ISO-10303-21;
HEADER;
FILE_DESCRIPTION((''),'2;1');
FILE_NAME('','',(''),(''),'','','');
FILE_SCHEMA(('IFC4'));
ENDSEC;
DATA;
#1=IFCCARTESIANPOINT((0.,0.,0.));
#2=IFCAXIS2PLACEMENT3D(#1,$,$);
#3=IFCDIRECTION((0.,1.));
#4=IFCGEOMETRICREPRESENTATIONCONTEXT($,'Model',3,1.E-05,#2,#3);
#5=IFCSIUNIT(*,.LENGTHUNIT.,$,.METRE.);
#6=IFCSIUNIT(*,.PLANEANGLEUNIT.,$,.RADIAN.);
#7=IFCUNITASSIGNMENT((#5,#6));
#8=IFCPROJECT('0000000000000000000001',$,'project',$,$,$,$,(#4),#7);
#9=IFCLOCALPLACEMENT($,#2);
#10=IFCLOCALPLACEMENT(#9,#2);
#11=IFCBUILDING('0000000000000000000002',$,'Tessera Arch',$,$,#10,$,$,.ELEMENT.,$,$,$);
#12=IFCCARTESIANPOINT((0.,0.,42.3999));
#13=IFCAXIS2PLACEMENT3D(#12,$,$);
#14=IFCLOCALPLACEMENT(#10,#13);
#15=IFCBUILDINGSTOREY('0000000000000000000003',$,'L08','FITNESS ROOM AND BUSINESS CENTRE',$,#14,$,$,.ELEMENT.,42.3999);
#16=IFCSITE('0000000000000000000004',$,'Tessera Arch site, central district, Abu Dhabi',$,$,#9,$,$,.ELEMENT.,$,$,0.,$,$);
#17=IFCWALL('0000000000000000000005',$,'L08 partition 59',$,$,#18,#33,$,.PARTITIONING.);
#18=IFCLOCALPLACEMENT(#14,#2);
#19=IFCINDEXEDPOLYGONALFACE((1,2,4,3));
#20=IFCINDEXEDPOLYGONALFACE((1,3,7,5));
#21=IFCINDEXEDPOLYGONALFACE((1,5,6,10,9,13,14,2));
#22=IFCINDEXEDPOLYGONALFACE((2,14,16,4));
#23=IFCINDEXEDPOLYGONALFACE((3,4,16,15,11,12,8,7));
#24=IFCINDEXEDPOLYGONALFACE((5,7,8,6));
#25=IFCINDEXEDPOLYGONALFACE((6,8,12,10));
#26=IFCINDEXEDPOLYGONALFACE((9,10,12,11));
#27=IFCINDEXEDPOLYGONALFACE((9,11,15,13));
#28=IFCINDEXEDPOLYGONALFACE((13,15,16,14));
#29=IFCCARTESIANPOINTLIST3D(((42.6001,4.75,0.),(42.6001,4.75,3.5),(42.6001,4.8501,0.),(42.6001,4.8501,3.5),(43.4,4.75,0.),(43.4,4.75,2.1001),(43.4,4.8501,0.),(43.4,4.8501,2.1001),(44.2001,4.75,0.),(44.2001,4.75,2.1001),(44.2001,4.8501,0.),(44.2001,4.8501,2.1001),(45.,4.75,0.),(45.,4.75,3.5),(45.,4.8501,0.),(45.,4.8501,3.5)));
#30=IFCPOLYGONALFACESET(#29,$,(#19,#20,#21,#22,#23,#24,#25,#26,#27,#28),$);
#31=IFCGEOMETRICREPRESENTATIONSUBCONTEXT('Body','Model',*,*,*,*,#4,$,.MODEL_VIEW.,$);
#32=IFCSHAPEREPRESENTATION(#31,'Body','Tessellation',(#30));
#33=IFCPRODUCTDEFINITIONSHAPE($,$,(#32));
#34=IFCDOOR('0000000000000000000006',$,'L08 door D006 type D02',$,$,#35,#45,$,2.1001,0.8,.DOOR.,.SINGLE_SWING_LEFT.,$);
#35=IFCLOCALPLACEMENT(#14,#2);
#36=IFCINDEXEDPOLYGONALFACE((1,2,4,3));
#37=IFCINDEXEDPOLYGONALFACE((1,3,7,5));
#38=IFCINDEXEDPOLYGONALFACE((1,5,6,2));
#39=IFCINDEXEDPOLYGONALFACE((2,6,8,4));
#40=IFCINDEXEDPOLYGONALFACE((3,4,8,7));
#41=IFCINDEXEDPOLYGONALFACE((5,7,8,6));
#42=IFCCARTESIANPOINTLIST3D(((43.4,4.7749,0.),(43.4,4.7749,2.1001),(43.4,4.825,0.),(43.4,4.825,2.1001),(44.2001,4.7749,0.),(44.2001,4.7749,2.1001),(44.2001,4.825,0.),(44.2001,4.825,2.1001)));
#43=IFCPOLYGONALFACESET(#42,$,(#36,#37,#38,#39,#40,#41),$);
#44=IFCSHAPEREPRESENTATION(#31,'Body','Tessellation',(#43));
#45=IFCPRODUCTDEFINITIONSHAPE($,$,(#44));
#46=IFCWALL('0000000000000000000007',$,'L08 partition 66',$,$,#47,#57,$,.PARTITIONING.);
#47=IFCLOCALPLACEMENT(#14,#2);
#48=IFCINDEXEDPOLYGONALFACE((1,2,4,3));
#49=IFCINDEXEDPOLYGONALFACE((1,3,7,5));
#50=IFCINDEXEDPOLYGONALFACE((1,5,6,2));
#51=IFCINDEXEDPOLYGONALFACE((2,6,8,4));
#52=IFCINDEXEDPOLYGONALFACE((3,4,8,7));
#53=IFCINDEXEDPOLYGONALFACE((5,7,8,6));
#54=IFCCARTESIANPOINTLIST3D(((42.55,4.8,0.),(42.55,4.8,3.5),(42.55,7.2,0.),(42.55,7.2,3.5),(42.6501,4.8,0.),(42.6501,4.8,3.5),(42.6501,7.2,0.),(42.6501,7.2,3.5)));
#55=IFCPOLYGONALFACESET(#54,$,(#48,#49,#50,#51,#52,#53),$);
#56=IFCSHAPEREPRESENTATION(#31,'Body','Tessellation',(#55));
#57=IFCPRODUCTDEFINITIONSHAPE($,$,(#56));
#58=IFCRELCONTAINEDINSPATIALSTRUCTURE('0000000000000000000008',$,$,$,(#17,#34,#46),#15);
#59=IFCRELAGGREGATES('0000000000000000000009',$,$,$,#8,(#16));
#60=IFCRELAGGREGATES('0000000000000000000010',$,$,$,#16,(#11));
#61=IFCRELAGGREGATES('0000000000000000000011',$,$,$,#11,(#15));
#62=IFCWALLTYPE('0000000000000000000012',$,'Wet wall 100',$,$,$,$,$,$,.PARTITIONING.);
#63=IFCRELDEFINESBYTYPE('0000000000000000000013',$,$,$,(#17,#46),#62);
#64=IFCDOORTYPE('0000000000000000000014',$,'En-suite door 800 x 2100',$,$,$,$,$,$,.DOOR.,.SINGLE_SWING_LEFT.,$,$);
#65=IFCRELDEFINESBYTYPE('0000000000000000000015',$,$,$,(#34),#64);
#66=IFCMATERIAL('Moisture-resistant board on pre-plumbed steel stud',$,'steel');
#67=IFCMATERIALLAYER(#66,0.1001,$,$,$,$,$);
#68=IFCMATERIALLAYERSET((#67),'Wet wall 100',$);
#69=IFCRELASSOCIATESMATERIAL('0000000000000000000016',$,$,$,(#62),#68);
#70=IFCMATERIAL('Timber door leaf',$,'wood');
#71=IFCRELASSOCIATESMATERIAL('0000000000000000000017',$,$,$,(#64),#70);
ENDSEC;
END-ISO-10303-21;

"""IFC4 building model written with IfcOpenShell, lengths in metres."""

from ifc_helpers import new_model, si_unit, direction, frame, frame_2d, origin, place, context, subcontext, project, spatial, rectangle, extrude, material, layer, layer_set, type_object, element, fill, save


model = new_model("IFC4")

# Units and contexts
model_context = context("Model", 3, precision=1e-05, world=origin(), true_north=direction((0.0, 1.0)))
body_context = subcontext(model_context, "Body", "Model", "MODEL_VIEW")
ifc_project = project(units=[si_unit("LENGTHUNIT", "METRE"), si_unit("PLANEANGLEUNIT", "RADIAN")], contexts=[model_context])

# Site, building, storey
site_placement = place(None, origin())
site = spatial("IfcSite", under=ifc_project, at=site_placement, Name="Tessera Arch site, central district, Abu Dhabi", CompositionType="ELEMENT", RefElevation=0.0)
building_placement = place(site_placement, origin())
building = spatial("IfcBuilding", under=site, at=building_placement, Name="Tessera Arch", CompositionType="ELEMENT")
storey_placement = place(building_placement, frame((0.0, 0.0, 42.3999)))
storey = spatial("IfcBuildingStorey", under=building, at=storey_placement, Name="L08", Description="FITNESS ROOM AND BUSINESS CENTRE", CompositionType="ELEMENT", Elevation=42.3999)

# Wall, opening, door
ifc_material_1 = material(Name="Moisture-resistant board on pre-plumbed steel stud", Category="steel")
ifc_layer_1 = layer(ifc_material_1, 0.1001)
ifc_layer_set_1 = layer_set([ifc_layer_1], Name="Wet wall 100")
wall_type_1 = type_object("IfcWallType", Name="Wet wall 100", PredefinedType="PARTITIONING", material=ifc_layer_set_1)
wall_1_placement = place(storey_placement, frame((42.6001, 4.8, 0.0), z_axis=(0.0, 0.0, 1.0), x_axis=(1.0, 0.0, 0.0)))
wall_1 = element("IfcWall", 1, at=wall_1_placement, inside=storey, type_object=wall_type_1, Name="L08 partition 59", PredefinedType="PARTITIONING", context=body_context, shape_type="SweptSolid", body=[
    extrude(rectangle(XDim=2.3999, YDim=0.1001, at=frame_2d((1.2, 0.0))), origin(), (0.0, 0.0, 1.0), 3.5),
])
opening_placement = place(wall_1_placement, frame((0.8, 0.0, 0.0)))
opening = element("IfcOpeningElement", 2, at=opening_placement, cuts=wall_1, PredefinedType="OPENING", context=body_context, shape_type="SweptSolid", body=[
    extrude(rectangle(XDim=0.8, YDim=2.1001, at=frame_2d((0.3999, 1.05))), frame((0.0, 0.0601, 0.0), z_axis=(0.0, -1.0, 0.0), x_axis=(1.0, 0.0, 0.0)), (0.0, 0.0, 1.0), 0.1201),
])
ifc_material_2 = material(Name="Timber door leaf", Category="wood")
door_type = type_object("IfcDoorType", Name="En-suite door 800 x 2100", OperationType="SINGLE_SWING_LEFT", PredefinedType="DOOR", material=ifc_material_2)
door_placement = place(opening_placement, origin())
door = element("IfcDoor", 3, at=door_placement, inside=storey, type_object=door_type, Name="L08 door D006 type D02", OperationType="SINGLE_SWING_LEFT", OverallHeight=2.1001, OverallWidth=0.8, PredefinedType="DOOR", context=body_context, shape_type="SweptSolid", body=[
    extrude(rectangle(XDim=0.8, YDim=2.1001, at=frame_2d((0.3999, 1.05))), frame((0.0, 0.0249, 0.0), z_axis=(0.0, -1.0, 0.0), x_axis=(1.0, 0.0, 0.0)), (0.0, 0.0, 1.0), 0.05),
])
fill(opening, door)

# Wall
wall_2_placement = place(storey_placement, frame((42.6001, 4.8, 0.0), z_axis=(0.0, 0.0, 1.0), x_axis=(0.0, 1.0, 0.0)))
element("IfcWall", 4, at=wall_2_placement, inside=storey, type_object=wall_type_1, Name="L08 partition 66", PredefinedType="PARTITIONING", context=body_context, shape_type="SweptSolid", body=[
    extrude(rectangle(XDim=2.3999, YDim=0.1001, at=frame_2d((1.2, 0.0))), origin(), (0.0, 0.0, 1.0), 3.5),
])

save(model, "model.ifc")
